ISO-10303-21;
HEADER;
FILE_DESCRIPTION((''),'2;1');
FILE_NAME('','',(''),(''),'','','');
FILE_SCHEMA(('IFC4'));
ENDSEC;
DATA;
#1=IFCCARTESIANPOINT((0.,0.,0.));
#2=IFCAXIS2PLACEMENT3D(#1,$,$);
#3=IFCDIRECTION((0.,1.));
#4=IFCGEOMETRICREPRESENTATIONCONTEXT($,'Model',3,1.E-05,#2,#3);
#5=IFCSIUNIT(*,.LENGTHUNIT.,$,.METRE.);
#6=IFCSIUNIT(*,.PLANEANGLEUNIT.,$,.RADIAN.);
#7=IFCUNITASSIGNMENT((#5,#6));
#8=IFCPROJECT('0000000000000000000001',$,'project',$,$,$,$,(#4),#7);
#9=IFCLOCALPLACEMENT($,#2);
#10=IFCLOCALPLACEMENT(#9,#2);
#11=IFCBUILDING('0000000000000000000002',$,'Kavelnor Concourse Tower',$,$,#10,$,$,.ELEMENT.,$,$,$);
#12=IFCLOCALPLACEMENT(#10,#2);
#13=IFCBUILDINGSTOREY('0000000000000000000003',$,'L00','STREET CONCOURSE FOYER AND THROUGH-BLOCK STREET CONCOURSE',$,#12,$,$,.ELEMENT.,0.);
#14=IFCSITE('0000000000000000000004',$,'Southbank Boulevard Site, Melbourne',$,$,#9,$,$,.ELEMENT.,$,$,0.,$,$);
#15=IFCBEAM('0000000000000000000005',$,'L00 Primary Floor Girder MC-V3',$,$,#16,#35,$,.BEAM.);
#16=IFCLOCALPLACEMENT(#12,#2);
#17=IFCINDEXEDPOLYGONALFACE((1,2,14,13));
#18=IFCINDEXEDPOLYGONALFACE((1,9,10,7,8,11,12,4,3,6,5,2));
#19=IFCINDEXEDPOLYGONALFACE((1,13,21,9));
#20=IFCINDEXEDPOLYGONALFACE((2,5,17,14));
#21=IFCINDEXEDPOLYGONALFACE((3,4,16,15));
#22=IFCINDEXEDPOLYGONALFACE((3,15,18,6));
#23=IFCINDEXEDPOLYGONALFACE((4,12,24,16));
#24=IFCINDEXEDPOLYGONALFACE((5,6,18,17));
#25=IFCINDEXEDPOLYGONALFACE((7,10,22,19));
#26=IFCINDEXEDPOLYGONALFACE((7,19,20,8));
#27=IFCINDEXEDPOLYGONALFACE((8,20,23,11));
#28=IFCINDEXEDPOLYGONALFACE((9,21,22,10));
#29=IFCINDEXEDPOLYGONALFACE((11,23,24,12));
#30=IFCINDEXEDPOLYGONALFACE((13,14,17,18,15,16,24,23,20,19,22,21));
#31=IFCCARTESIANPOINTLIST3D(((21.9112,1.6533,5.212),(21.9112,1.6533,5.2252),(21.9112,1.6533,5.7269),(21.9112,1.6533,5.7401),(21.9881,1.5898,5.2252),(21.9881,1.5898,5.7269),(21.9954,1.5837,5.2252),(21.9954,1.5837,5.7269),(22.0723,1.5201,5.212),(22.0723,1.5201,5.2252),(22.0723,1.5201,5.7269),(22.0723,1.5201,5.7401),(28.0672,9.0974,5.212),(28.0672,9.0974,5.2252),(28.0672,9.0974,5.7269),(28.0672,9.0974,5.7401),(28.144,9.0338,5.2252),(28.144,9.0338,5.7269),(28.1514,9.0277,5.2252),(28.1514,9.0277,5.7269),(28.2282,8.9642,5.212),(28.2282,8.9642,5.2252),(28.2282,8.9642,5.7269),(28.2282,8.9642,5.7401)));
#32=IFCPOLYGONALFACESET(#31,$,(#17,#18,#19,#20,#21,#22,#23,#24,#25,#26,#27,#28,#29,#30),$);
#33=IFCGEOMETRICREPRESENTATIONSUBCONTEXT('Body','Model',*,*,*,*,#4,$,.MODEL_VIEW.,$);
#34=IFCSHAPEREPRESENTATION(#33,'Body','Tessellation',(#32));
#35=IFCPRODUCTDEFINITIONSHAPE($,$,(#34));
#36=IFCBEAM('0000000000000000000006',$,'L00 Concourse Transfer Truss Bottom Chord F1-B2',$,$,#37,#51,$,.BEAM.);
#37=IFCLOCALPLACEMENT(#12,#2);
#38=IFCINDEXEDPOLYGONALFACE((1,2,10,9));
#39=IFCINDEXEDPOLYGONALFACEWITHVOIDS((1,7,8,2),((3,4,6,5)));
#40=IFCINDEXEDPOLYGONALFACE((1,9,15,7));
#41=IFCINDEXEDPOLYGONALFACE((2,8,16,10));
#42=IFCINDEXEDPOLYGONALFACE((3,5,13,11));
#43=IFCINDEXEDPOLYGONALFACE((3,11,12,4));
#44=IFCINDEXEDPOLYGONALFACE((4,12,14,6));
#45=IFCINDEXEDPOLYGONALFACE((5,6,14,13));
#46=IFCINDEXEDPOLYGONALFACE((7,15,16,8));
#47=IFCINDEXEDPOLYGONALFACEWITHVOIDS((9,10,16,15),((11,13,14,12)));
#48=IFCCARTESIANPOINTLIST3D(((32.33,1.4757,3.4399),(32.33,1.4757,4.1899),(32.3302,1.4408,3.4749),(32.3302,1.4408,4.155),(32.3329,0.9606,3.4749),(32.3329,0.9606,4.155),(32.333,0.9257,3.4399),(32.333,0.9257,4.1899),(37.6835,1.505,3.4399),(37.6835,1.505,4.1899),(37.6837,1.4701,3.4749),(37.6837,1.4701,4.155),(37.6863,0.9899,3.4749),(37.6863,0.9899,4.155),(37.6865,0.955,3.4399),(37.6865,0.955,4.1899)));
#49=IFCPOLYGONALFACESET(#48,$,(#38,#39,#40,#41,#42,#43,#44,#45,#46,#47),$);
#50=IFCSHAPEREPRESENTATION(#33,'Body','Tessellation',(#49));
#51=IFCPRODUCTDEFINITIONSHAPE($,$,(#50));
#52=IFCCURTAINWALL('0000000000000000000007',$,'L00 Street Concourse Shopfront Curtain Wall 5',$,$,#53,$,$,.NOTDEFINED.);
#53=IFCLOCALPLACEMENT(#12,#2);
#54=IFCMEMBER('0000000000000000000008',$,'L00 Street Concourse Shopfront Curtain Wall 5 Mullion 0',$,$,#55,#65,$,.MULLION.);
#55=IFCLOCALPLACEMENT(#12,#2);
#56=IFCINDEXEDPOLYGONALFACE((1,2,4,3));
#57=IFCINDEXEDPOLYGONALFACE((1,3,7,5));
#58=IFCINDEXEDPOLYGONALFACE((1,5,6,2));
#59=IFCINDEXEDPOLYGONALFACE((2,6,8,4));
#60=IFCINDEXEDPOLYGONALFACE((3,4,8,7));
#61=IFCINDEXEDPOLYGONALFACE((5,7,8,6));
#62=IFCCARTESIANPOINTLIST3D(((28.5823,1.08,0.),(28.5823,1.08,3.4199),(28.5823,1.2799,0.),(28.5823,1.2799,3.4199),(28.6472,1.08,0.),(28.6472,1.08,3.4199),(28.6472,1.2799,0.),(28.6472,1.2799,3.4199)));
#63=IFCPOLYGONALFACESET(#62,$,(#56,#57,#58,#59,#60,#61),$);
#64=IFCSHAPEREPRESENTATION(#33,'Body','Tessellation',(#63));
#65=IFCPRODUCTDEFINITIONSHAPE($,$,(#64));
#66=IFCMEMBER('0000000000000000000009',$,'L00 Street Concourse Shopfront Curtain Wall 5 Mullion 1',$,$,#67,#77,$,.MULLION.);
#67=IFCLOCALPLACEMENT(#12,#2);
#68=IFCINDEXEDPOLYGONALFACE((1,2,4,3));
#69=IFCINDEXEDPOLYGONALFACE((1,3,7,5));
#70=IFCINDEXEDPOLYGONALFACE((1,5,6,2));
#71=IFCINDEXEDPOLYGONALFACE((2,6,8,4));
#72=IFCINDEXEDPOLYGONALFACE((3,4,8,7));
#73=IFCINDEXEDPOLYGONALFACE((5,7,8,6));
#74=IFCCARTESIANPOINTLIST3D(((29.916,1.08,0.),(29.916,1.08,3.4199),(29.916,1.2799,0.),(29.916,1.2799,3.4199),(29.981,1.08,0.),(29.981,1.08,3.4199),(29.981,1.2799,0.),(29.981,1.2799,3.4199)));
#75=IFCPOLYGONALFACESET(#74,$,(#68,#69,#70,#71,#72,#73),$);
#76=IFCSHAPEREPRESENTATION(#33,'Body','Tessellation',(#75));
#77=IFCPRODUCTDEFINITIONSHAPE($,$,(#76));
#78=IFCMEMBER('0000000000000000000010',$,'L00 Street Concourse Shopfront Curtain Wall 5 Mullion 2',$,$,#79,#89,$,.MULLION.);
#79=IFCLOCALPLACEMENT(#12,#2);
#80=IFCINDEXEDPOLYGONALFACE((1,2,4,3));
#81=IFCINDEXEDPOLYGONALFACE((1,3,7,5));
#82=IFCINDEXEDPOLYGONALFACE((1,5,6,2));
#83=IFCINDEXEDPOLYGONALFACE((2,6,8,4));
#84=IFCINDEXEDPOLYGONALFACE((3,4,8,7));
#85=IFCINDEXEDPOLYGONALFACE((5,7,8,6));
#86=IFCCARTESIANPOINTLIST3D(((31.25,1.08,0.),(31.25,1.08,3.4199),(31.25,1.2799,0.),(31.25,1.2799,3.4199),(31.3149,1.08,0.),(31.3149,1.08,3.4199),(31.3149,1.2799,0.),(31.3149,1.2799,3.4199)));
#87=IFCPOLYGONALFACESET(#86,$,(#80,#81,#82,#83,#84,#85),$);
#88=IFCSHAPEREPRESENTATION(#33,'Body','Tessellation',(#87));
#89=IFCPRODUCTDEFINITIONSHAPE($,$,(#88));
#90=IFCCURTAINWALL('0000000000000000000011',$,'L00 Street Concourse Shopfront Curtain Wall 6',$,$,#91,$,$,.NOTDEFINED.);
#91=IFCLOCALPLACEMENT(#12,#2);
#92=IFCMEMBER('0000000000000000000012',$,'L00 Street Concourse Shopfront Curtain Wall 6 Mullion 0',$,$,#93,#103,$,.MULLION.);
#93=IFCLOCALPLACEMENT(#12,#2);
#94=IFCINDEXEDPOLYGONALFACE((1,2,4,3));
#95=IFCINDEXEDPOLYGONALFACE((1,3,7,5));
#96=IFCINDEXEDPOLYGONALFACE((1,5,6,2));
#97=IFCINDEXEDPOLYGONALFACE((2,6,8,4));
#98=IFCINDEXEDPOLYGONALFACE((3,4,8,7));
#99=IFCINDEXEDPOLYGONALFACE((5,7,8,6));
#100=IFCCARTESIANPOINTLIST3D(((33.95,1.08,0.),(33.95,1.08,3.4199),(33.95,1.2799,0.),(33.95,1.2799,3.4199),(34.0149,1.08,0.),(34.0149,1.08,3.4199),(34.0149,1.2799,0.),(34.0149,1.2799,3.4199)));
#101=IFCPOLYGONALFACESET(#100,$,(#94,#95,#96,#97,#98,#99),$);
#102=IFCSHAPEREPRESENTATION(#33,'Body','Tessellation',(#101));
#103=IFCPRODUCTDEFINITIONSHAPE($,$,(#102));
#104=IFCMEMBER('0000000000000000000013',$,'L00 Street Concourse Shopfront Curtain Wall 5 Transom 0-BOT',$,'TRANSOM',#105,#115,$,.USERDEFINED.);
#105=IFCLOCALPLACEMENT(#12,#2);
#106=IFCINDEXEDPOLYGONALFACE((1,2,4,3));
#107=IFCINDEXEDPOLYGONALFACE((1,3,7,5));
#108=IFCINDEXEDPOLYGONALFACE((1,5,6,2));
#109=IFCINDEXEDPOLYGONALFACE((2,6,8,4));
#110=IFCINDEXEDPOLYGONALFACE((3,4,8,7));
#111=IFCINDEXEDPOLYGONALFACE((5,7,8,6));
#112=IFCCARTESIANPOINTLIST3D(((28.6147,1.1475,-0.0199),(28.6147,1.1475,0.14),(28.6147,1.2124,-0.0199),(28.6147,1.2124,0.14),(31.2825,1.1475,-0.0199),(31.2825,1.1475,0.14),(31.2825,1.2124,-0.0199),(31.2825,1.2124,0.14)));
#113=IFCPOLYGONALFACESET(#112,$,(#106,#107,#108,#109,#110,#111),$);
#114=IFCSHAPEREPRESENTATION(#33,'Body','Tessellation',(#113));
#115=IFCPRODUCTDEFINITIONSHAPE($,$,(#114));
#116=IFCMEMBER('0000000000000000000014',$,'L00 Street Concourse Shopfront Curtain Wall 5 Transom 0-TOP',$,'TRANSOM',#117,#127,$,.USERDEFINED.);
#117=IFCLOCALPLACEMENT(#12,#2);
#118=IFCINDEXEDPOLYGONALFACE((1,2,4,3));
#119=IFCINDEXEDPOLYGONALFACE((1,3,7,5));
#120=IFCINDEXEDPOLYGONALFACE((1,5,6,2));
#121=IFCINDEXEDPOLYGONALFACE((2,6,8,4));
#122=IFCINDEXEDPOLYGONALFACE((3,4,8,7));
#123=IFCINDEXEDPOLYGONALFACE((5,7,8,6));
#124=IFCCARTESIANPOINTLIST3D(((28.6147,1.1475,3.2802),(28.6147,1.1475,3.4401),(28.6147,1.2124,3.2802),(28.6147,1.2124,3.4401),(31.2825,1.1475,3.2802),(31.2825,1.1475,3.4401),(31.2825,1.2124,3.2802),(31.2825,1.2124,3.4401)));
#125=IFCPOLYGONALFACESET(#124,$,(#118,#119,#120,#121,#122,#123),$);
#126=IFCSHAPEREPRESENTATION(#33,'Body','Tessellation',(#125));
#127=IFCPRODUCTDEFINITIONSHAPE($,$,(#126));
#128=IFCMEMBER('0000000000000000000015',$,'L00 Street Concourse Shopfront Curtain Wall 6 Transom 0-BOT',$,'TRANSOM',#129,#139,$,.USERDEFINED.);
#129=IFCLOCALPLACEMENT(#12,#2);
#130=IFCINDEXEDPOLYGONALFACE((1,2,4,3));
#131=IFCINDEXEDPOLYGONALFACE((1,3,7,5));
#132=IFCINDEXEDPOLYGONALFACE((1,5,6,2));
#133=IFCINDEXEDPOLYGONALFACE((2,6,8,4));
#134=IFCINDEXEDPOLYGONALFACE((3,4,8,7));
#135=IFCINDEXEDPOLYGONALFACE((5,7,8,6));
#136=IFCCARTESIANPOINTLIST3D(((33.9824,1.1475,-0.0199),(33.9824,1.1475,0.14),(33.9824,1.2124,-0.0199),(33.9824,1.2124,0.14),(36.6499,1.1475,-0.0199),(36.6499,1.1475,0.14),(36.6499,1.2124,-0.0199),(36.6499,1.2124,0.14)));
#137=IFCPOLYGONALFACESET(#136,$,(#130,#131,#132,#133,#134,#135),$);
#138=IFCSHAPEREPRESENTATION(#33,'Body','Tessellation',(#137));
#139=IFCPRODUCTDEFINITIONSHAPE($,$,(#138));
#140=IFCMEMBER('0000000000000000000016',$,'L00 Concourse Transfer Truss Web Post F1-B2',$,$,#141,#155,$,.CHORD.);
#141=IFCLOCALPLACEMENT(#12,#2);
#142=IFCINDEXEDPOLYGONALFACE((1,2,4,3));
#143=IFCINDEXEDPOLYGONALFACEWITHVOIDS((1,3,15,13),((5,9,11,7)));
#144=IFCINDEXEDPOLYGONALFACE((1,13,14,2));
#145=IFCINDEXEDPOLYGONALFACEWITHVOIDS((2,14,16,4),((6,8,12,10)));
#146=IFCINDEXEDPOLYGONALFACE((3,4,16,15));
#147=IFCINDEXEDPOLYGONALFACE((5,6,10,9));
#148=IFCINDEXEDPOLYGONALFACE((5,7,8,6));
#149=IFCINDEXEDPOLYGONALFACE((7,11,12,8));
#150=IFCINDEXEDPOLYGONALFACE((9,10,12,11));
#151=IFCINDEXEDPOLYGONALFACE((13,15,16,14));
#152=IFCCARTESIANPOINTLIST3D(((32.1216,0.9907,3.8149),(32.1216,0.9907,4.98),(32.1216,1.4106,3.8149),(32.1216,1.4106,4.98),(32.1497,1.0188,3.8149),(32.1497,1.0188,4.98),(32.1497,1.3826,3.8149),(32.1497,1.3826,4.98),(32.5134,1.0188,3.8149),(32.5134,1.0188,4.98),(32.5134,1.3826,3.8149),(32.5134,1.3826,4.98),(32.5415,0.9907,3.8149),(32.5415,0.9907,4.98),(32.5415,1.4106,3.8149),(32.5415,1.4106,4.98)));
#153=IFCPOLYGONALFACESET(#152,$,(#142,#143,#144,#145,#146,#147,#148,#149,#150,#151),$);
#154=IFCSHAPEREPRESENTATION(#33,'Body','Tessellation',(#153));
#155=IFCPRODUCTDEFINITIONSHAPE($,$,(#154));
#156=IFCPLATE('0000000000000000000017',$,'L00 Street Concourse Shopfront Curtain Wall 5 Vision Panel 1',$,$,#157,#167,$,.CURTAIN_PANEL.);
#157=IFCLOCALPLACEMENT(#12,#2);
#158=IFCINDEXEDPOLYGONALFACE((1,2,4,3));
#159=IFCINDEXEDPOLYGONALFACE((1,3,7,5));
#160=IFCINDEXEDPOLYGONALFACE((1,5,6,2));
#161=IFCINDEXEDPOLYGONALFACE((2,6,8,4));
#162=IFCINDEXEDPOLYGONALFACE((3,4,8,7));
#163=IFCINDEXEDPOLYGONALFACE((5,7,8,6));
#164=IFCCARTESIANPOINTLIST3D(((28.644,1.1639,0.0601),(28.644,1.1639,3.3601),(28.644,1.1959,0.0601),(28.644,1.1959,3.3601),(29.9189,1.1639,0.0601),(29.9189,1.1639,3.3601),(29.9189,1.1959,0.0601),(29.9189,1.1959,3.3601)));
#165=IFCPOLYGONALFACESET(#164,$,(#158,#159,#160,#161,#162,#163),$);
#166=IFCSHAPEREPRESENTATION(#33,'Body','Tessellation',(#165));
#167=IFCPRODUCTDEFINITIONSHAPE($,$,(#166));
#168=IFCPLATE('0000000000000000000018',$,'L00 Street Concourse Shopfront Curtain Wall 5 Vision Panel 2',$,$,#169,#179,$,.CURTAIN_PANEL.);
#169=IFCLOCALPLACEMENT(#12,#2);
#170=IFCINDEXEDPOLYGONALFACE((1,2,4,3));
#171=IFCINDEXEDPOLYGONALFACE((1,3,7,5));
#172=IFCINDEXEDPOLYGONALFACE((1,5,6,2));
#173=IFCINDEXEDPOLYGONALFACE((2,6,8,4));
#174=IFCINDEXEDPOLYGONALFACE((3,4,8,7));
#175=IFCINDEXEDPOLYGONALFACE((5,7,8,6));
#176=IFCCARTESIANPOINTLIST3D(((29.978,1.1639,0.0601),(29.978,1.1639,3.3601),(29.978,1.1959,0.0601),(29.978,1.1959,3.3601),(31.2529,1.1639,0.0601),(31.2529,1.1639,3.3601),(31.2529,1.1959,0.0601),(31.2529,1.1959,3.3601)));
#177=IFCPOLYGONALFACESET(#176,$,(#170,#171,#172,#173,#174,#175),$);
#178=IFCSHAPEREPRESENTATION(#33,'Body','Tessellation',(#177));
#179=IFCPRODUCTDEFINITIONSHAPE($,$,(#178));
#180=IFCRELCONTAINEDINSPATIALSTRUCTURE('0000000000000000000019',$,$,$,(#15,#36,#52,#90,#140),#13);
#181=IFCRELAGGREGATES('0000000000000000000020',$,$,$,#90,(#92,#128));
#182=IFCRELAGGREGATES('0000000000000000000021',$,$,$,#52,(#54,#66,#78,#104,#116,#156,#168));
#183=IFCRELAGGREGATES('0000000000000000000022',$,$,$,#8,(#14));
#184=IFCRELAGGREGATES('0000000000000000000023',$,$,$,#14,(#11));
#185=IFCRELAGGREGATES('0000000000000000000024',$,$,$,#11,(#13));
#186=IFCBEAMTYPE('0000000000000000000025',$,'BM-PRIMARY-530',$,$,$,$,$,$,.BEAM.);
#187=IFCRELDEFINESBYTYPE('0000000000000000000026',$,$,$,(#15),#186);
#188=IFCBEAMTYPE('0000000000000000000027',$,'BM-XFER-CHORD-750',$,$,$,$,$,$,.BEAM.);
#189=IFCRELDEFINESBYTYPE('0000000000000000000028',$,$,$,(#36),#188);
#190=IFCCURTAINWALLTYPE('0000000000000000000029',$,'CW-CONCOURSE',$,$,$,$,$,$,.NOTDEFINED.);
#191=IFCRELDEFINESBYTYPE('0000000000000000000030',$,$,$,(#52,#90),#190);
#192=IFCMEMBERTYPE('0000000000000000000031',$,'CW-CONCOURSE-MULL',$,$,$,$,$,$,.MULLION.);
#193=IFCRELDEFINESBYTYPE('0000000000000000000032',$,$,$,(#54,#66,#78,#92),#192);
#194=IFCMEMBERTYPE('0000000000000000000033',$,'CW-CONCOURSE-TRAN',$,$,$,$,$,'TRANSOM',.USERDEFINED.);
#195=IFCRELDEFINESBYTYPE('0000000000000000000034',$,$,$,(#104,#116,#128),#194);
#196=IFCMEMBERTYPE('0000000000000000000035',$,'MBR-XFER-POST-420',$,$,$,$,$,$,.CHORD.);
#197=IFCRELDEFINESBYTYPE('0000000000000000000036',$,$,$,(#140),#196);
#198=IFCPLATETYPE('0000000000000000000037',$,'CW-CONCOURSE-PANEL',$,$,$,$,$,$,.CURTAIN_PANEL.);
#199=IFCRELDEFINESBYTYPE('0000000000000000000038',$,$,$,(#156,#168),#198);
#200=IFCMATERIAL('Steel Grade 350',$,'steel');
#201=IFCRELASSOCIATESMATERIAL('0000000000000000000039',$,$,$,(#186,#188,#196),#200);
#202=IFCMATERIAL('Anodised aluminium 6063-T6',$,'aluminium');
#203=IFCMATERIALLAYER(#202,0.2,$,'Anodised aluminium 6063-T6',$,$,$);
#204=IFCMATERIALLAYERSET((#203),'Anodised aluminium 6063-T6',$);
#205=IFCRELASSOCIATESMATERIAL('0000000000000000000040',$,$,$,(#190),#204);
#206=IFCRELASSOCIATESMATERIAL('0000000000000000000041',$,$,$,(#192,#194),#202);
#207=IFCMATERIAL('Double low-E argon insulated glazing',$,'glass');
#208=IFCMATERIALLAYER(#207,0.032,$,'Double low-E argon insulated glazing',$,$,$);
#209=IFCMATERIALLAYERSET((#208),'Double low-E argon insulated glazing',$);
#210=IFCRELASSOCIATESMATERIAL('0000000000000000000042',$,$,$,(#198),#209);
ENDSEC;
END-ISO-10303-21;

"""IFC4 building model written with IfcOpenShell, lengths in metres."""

from ifc_helpers import new_model, si_unit, direction, frame, origin, origin_2d, place, context, subcontext, project, spatial, rectangle, hollow_rectangle, i_section, extrude, material, layer, layer_set, material_profile, profile_set, type_object, element, aggregate, save


model = new_model("IFC4")

# Units and contexts
model_context = context("Model", 3, precision=1e-05, world=origin(), true_north=direction((0.0, 1.0)))
body_context = subcontext(model_context, "Body", "Model", "MODEL_VIEW")
ifc_project = project(units=[si_unit("LENGTHUNIT", "METRE"), si_unit("PLANEANGLEUNIT", "RADIAN")], contexts=[model_context])

# Site, building, storey
site_placement = place(None, origin())
site = spatial("IfcSite", under=ifc_project, at=site_placement, Name="Southbank Boulevard Site, Melbourne", CompositionType="ELEMENT", RefElevation=0.0)
building_placement = place(site_placement, origin())
building = spatial("IfcBuilding", under=site, at=building_placement, Name="Kavelnor Concourse Tower", CompositionType="ELEMENT")
storey_placement = place(building_placement, origin())
storey = spatial("IfcBuildingStorey", under=building, at=storey_placement, Name="L00", Description="STREET CONCOURSE FOYER AND THROUGH-BLOCK STREET CONCOURSE", CompositionType="ELEMENT", Elevation=0.0)

# Beams
ifc_material_1 = material(Name="Steel Grade 350", Category="steel")
ifc_material_profile_1 = material_profile(ifc_material_1, i_section(OverallWidth=0.209, OverallDepth=0.5281, WebThickness=0.0095, FlangeThickness=0.0132, at=origin_2d()), Name="530UB82")
ifc_profile_set_1 = profile_set([ifc_material_profile_1], Name="Steel Grade 350")
beam_type_1 = type_object("IfcBeamType", Name="BM-PRIMARY-530", PredefinedType="BEAM", material=ifc_profile_set_1)
beam_1_placement = place(storey_placement, frame((28.1477, 9.0308, 5.4761), z_axis=(-0.637284, -0.770629, 0.0), x_axis=(0.770629, -0.637284, 0.0)))
element("IfcBeam", 1, at=beam_1_placement, inside=storey, type_object=beam_type_1, Name="L00 Primary Floor Girder MC-V3", PredefinedType="BEAM", context=body_context, shape_type="SweptSolid", body=[
    extrude(i_section(OverallWidth=0.209, OverallDepth=0.5281, WebThickness=0.0095, FlangeThickness=0.0132, at=origin_2d()), origin(), (0.0, 0.0, 1.0), 9.6597),
])
ifc_material_profile_2 = material_profile(ifc_material_1, hollow_rectangle(XDim=0.55, YDim=0.75, WallThickness=0.0349, at=origin_2d()), Name="RHS 750x550x35")
ifc_profile_set_2 = profile_set([ifc_material_profile_2], Name="Steel Grade 350")
beam_type_2 = type_object("IfcBeamType", Name="BM-XFER-CHORD-750", PredefinedType="BEAM", material=ifc_profile_set_2)
beam_2_placement = place(storey_placement, frame((32.3315, 1.2007, 3.8149), z_axis=(0.999985, 0.005472, 0.0), x_axis=(-0.005472, 0.999985, 0.0)))
element("IfcBeam", 2, at=beam_2_placement, inside=storey, type_object=beam_type_2, Name="L00 Concourse Transfer Truss Bottom Chord F1-B2", PredefinedType="BEAM", context=body_context, shape_type="SweptSolid", body=[
    extrude(hollow_rectangle(XDim=0.55, YDim=0.75, WallThickness=0.0349, at=origin_2d()), origin(), (0.0, 0.0, 1.0), 5.3535),
])

# Curtain wall, members
ifc_material_2 = material(Name="Anodised aluminium 6063-T6", Category="aluminium")
ifc_layer_1 = layer(ifc_material_2, 0.2, Name="Anodised aluminium 6063-T6")
ifc_layer_set_1 = layer_set([ifc_layer_1], Name="Anodised aluminium 6063-T6")
curtain_wall_type = type_object("IfcCurtainWallType", Name="CW-CONCOURSE", PredefinedType="NOTDEFINED", material=ifc_layer_set_1)
curtain_wall_1_placement = place(storey_placement, origin())
curtain_wall_1 = element("IfcCurtainWall", 3, at=curtain_wall_1_placement, inside=storey, type_object=curtain_wall_type, Name="L00 Street Concourse Shopfront Curtain Wall 5", PredefinedType="NOTDEFINED")
ifc_material_profile_3 = material_profile(ifc_material_2, rectangle(XDim=0.0649, YDim=0.2, at=origin_2d()), Name="AL-MULL 65x200")
ifc_profile_set_3 = profile_set([ifc_material_profile_3], Name="Anodised aluminium 6063-T6")
member_type_1 = type_object("IfcMemberType", Name="CW-CONCOURSE-MULL", PredefinedType="MULLION", material=ifc_profile_set_3)
member_1_placement = place(storey_placement, frame((28.6147, 1.1799, 0.0), z_axis=(0.0, 0.0, 1.0), x_axis=(1.0, 0.0, 0.0)))
member_1 = element("IfcMember", 4, at=member_1_placement, type_object=member_type_1, Name="L00 Street Concourse Shopfront Curtain Wall 5 Mullion 0", PredefinedType="MULLION", context=body_context, shape_type="SweptSolid", body=[
    extrude(rectangle(XDim=0.0649, YDim=0.2, at=origin_2d()), origin(), (0.0, 0.0, 1.0), 3.4199),
])
member_2_placement = place(storey_placement, frame((29.9485, 1.1799, 0.0), z_axis=(0.0, 0.0, 1.0), x_axis=(1.0, 0.0, 0.0)))
member_2 = element("IfcMember", 5, at=member_2_placement, type_object=member_type_1, Name="L00 Street Concourse Shopfront Curtain Wall 5 Mullion 1", PredefinedType="MULLION", context=body_context, shape_type="SweptSolid", body=[
    extrude(rectangle(XDim=0.0649, YDim=0.2, at=origin_2d()), origin(), (0.0, 0.0, 1.0), 3.4199),
])
member_3_placement = place(storey_placement, frame((31.2825, 1.1799, 0.0), z_axis=(0.0, 0.0, 1.0), x_axis=(1.0, 0.0, 0.0)))
member_3 = element("IfcMember", 6, at=member_3_placement, type_object=member_type_1, Name="L00 Street Concourse Shopfront Curtain Wall 5 Mullion 2", PredefinedType="MULLION", context=body_context, shape_type="SweptSolid", body=[
    extrude(rectangle(XDim=0.0649, YDim=0.2, at=origin_2d()), origin(), (0.0, 0.0, 1.0), 3.4199),
])

# Curtain wall, member
curtain_wall_2_placement = place(storey_placement, origin())
curtain_wall_2 = element("IfcCurtainWall", 7, at=curtain_wall_2_placement, inside=storey, type_object=curtain_wall_type, Name="L00 Street Concourse Shopfront Curtain Wall 6", PredefinedType="NOTDEFINED")
member_4_placement = place(storey_placement, frame((33.9824, 1.1799, 0.0), z_axis=(0.0, 0.0, 1.0), x_axis=(1.0, 0.0, 0.0)))
member_4 = element("IfcMember", 8, at=member_4_placement, type_object=member_type_1, Name="L00 Street Concourse Shopfront Curtain Wall 6 Mullion 0", PredefinedType="MULLION", context=body_context, shape_type="SweptSolid", body=[
    extrude(rectangle(XDim=0.0649, YDim=0.2, at=origin_2d()), origin(), (0.0, 0.0, 1.0), 3.4199),
])

# Members
ifc_material_profile_4 = material_profile(ifc_material_2, rectangle(XDim=0.0649, YDim=0.1599, at=origin_2d()), Name="AL-TRAN 65x160")
ifc_profile_set_4 = profile_set([ifc_material_profile_4], Name="Anodised aluminium 6063-T6")
member_type_2 = type_object("IfcMemberType", Name="CW-CONCOURSE-TRAN", ElementType="TRANSOM", PredefinedType="USERDEFINED", material=ifc_profile_set_4)
member_5_placement = place(storey_placement, frame((28.6147, 1.1799, 0.0601), z_axis=(1.0, 0.0, 0.0), x_axis=(0.0, 1.0, 0.0)))
member_5 = element("IfcMember", 9, at=member_5_placement, type_object=member_type_2, Name="L00 Street Concourse Shopfront Curtain Wall 5 Transom 0-BOT", ObjectType="TRANSOM", PredefinedType="USERDEFINED", context=body_context, shape_type="SweptSolid", body=[
    extrude(rectangle(XDim=0.0649, YDim=0.1599, at=origin_2d()), origin(), (0.0, 0.0, 1.0), 2.6677),
])
member_6_placement = place(storey_placement, frame((28.6147, 1.1799, 3.3601), z_axis=(1.0, 0.0, 0.0), x_axis=(0.0, 1.0, 0.0)))
member_6 = element("IfcMember", 10, at=member_6_placement, type_object=member_type_2, Name="L00 Street Concourse Shopfront Curtain Wall 5 Transom 0-TOP", ObjectType="TRANSOM", PredefinedType="USERDEFINED", context=body_context, shape_type="SweptSolid", body=[
    extrude(rectangle(XDim=0.0649, YDim=0.1599, at=origin_2d()), origin(), (0.0, 0.0, 1.0), 2.6677),
])
member_7_placement = place(storey_placement, frame((33.9824, 1.1799, 0.0601), z_axis=(1.0, 0.0, 0.0), x_axis=(0.0, 1.0, 0.0)))
member_7 = element("IfcMember", 11, at=member_7_placement, type_object=member_type_2, Name="L00 Street Concourse Shopfront Curtain Wall 6 Transom 0-BOT", ObjectType="TRANSOM", PredefinedType="USERDEFINED", context=body_context, shape_type="SweptSolid", body=[
    extrude(rectangle(XDim=0.0649, YDim=0.1599, at=origin_2d()), origin(), (0.0, 0.0, 1.0), 2.6675),
])
aggregate(curtain_wall_2, [member_4, member_7])
ifc_material_profile_5 = material_profile(ifc_material_1, hollow_rectangle(XDim=0.4199, YDim=0.4199, WallThickness=0.0281, at=origin_2d()), Name="SHS 420x420x28")
ifc_profile_set_5 = profile_set([ifc_material_profile_5], Name="Steel Grade 350")
member_type_3 = type_object("IfcMemberType", Name="MBR-XFER-POST-420", PredefinedType="CHORD", material=ifc_profile_set_5)
member_8_placement = place(storey_placement, frame((32.3315, 1.2007, 3.8149), z_axis=(0.0, 0.0, 1.0), x_axis=(1.0, 0.0, 0.0)))
element("IfcMember", 12, at=member_8_placement, inside=storey, type_object=member_type_3, Name="L00 Concourse Transfer Truss Web Post F1-B2", PredefinedType="CHORD", context=body_context, shape_type="SweptSolid", body=[
    extrude(hollow_rectangle(XDim=0.4199, YDim=0.4199, WallThickness=0.0281, at=origin_2d()), origin(), (0.0, 0.0, 1.0), 1.165),
])

# Plates
ifc_material_3 = material(Name="Double low-E argon insulated glazing", Category="glass")
ifc_layer_2 = layer(ifc_material_3, 0.032, Name="Double low-E argon insulated glazing")
ifc_layer_set_2 = layer_set([ifc_layer_2], Name="Double low-E argon insulated glazing")
plate_type_1 = type_object("IfcPlateType", Name="CW-CONCOURSE-PANEL", PredefinedType="CURTAIN_PANEL", material=ifc_layer_set_2)
plate_1_placement = place(storey_placement, frame((29.2815, 1.1799, 0.0601), z_axis=(0.0, 0.0, 1.0), x_axis=(1.0, 0.0, 0.0)))
plate_1 = element("IfcPlate", 13, at=plate_1_placement, type_object=plate_type_1, Name="L00 Street Concourse Shopfront Curtain Wall 5 Vision Panel 1", PredefinedType="CURTAIN_PANEL", context=body_context, shape_type="SweptSolid", body=[
    extrude(rectangle(XDim=1.2749, YDim=0.032, at=origin_2d()), origin(), (0.0, 0.0, 1.0), 3.3),
])
plate_2_placement = place(storey_placement, frame((30.6155, 1.1799, 0.0601), z_axis=(0.0, 0.0, 1.0), x_axis=(1.0, 0.0, 0.0)))
plate_2 = element("IfcPlate", 14, at=plate_2_placement, type_object=plate_type_1, Name="L00 Street Concourse Shopfront Curtain Wall 5 Vision Panel 2", PredefinedType="CURTAIN_PANEL", context=body_context, shape_type="SweptSolid", body=[
    extrude(rectangle(XDim=1.2749, YDim=0.032, at=origin_2d()), origin(), (0.0, 0.0, 1.0), 3.3),
])
aggregate(curtain_wall_1, [member_1, member_2, member_3, member_5, member_6, plate_1, plate_2])

save(model, "model.ifc")
